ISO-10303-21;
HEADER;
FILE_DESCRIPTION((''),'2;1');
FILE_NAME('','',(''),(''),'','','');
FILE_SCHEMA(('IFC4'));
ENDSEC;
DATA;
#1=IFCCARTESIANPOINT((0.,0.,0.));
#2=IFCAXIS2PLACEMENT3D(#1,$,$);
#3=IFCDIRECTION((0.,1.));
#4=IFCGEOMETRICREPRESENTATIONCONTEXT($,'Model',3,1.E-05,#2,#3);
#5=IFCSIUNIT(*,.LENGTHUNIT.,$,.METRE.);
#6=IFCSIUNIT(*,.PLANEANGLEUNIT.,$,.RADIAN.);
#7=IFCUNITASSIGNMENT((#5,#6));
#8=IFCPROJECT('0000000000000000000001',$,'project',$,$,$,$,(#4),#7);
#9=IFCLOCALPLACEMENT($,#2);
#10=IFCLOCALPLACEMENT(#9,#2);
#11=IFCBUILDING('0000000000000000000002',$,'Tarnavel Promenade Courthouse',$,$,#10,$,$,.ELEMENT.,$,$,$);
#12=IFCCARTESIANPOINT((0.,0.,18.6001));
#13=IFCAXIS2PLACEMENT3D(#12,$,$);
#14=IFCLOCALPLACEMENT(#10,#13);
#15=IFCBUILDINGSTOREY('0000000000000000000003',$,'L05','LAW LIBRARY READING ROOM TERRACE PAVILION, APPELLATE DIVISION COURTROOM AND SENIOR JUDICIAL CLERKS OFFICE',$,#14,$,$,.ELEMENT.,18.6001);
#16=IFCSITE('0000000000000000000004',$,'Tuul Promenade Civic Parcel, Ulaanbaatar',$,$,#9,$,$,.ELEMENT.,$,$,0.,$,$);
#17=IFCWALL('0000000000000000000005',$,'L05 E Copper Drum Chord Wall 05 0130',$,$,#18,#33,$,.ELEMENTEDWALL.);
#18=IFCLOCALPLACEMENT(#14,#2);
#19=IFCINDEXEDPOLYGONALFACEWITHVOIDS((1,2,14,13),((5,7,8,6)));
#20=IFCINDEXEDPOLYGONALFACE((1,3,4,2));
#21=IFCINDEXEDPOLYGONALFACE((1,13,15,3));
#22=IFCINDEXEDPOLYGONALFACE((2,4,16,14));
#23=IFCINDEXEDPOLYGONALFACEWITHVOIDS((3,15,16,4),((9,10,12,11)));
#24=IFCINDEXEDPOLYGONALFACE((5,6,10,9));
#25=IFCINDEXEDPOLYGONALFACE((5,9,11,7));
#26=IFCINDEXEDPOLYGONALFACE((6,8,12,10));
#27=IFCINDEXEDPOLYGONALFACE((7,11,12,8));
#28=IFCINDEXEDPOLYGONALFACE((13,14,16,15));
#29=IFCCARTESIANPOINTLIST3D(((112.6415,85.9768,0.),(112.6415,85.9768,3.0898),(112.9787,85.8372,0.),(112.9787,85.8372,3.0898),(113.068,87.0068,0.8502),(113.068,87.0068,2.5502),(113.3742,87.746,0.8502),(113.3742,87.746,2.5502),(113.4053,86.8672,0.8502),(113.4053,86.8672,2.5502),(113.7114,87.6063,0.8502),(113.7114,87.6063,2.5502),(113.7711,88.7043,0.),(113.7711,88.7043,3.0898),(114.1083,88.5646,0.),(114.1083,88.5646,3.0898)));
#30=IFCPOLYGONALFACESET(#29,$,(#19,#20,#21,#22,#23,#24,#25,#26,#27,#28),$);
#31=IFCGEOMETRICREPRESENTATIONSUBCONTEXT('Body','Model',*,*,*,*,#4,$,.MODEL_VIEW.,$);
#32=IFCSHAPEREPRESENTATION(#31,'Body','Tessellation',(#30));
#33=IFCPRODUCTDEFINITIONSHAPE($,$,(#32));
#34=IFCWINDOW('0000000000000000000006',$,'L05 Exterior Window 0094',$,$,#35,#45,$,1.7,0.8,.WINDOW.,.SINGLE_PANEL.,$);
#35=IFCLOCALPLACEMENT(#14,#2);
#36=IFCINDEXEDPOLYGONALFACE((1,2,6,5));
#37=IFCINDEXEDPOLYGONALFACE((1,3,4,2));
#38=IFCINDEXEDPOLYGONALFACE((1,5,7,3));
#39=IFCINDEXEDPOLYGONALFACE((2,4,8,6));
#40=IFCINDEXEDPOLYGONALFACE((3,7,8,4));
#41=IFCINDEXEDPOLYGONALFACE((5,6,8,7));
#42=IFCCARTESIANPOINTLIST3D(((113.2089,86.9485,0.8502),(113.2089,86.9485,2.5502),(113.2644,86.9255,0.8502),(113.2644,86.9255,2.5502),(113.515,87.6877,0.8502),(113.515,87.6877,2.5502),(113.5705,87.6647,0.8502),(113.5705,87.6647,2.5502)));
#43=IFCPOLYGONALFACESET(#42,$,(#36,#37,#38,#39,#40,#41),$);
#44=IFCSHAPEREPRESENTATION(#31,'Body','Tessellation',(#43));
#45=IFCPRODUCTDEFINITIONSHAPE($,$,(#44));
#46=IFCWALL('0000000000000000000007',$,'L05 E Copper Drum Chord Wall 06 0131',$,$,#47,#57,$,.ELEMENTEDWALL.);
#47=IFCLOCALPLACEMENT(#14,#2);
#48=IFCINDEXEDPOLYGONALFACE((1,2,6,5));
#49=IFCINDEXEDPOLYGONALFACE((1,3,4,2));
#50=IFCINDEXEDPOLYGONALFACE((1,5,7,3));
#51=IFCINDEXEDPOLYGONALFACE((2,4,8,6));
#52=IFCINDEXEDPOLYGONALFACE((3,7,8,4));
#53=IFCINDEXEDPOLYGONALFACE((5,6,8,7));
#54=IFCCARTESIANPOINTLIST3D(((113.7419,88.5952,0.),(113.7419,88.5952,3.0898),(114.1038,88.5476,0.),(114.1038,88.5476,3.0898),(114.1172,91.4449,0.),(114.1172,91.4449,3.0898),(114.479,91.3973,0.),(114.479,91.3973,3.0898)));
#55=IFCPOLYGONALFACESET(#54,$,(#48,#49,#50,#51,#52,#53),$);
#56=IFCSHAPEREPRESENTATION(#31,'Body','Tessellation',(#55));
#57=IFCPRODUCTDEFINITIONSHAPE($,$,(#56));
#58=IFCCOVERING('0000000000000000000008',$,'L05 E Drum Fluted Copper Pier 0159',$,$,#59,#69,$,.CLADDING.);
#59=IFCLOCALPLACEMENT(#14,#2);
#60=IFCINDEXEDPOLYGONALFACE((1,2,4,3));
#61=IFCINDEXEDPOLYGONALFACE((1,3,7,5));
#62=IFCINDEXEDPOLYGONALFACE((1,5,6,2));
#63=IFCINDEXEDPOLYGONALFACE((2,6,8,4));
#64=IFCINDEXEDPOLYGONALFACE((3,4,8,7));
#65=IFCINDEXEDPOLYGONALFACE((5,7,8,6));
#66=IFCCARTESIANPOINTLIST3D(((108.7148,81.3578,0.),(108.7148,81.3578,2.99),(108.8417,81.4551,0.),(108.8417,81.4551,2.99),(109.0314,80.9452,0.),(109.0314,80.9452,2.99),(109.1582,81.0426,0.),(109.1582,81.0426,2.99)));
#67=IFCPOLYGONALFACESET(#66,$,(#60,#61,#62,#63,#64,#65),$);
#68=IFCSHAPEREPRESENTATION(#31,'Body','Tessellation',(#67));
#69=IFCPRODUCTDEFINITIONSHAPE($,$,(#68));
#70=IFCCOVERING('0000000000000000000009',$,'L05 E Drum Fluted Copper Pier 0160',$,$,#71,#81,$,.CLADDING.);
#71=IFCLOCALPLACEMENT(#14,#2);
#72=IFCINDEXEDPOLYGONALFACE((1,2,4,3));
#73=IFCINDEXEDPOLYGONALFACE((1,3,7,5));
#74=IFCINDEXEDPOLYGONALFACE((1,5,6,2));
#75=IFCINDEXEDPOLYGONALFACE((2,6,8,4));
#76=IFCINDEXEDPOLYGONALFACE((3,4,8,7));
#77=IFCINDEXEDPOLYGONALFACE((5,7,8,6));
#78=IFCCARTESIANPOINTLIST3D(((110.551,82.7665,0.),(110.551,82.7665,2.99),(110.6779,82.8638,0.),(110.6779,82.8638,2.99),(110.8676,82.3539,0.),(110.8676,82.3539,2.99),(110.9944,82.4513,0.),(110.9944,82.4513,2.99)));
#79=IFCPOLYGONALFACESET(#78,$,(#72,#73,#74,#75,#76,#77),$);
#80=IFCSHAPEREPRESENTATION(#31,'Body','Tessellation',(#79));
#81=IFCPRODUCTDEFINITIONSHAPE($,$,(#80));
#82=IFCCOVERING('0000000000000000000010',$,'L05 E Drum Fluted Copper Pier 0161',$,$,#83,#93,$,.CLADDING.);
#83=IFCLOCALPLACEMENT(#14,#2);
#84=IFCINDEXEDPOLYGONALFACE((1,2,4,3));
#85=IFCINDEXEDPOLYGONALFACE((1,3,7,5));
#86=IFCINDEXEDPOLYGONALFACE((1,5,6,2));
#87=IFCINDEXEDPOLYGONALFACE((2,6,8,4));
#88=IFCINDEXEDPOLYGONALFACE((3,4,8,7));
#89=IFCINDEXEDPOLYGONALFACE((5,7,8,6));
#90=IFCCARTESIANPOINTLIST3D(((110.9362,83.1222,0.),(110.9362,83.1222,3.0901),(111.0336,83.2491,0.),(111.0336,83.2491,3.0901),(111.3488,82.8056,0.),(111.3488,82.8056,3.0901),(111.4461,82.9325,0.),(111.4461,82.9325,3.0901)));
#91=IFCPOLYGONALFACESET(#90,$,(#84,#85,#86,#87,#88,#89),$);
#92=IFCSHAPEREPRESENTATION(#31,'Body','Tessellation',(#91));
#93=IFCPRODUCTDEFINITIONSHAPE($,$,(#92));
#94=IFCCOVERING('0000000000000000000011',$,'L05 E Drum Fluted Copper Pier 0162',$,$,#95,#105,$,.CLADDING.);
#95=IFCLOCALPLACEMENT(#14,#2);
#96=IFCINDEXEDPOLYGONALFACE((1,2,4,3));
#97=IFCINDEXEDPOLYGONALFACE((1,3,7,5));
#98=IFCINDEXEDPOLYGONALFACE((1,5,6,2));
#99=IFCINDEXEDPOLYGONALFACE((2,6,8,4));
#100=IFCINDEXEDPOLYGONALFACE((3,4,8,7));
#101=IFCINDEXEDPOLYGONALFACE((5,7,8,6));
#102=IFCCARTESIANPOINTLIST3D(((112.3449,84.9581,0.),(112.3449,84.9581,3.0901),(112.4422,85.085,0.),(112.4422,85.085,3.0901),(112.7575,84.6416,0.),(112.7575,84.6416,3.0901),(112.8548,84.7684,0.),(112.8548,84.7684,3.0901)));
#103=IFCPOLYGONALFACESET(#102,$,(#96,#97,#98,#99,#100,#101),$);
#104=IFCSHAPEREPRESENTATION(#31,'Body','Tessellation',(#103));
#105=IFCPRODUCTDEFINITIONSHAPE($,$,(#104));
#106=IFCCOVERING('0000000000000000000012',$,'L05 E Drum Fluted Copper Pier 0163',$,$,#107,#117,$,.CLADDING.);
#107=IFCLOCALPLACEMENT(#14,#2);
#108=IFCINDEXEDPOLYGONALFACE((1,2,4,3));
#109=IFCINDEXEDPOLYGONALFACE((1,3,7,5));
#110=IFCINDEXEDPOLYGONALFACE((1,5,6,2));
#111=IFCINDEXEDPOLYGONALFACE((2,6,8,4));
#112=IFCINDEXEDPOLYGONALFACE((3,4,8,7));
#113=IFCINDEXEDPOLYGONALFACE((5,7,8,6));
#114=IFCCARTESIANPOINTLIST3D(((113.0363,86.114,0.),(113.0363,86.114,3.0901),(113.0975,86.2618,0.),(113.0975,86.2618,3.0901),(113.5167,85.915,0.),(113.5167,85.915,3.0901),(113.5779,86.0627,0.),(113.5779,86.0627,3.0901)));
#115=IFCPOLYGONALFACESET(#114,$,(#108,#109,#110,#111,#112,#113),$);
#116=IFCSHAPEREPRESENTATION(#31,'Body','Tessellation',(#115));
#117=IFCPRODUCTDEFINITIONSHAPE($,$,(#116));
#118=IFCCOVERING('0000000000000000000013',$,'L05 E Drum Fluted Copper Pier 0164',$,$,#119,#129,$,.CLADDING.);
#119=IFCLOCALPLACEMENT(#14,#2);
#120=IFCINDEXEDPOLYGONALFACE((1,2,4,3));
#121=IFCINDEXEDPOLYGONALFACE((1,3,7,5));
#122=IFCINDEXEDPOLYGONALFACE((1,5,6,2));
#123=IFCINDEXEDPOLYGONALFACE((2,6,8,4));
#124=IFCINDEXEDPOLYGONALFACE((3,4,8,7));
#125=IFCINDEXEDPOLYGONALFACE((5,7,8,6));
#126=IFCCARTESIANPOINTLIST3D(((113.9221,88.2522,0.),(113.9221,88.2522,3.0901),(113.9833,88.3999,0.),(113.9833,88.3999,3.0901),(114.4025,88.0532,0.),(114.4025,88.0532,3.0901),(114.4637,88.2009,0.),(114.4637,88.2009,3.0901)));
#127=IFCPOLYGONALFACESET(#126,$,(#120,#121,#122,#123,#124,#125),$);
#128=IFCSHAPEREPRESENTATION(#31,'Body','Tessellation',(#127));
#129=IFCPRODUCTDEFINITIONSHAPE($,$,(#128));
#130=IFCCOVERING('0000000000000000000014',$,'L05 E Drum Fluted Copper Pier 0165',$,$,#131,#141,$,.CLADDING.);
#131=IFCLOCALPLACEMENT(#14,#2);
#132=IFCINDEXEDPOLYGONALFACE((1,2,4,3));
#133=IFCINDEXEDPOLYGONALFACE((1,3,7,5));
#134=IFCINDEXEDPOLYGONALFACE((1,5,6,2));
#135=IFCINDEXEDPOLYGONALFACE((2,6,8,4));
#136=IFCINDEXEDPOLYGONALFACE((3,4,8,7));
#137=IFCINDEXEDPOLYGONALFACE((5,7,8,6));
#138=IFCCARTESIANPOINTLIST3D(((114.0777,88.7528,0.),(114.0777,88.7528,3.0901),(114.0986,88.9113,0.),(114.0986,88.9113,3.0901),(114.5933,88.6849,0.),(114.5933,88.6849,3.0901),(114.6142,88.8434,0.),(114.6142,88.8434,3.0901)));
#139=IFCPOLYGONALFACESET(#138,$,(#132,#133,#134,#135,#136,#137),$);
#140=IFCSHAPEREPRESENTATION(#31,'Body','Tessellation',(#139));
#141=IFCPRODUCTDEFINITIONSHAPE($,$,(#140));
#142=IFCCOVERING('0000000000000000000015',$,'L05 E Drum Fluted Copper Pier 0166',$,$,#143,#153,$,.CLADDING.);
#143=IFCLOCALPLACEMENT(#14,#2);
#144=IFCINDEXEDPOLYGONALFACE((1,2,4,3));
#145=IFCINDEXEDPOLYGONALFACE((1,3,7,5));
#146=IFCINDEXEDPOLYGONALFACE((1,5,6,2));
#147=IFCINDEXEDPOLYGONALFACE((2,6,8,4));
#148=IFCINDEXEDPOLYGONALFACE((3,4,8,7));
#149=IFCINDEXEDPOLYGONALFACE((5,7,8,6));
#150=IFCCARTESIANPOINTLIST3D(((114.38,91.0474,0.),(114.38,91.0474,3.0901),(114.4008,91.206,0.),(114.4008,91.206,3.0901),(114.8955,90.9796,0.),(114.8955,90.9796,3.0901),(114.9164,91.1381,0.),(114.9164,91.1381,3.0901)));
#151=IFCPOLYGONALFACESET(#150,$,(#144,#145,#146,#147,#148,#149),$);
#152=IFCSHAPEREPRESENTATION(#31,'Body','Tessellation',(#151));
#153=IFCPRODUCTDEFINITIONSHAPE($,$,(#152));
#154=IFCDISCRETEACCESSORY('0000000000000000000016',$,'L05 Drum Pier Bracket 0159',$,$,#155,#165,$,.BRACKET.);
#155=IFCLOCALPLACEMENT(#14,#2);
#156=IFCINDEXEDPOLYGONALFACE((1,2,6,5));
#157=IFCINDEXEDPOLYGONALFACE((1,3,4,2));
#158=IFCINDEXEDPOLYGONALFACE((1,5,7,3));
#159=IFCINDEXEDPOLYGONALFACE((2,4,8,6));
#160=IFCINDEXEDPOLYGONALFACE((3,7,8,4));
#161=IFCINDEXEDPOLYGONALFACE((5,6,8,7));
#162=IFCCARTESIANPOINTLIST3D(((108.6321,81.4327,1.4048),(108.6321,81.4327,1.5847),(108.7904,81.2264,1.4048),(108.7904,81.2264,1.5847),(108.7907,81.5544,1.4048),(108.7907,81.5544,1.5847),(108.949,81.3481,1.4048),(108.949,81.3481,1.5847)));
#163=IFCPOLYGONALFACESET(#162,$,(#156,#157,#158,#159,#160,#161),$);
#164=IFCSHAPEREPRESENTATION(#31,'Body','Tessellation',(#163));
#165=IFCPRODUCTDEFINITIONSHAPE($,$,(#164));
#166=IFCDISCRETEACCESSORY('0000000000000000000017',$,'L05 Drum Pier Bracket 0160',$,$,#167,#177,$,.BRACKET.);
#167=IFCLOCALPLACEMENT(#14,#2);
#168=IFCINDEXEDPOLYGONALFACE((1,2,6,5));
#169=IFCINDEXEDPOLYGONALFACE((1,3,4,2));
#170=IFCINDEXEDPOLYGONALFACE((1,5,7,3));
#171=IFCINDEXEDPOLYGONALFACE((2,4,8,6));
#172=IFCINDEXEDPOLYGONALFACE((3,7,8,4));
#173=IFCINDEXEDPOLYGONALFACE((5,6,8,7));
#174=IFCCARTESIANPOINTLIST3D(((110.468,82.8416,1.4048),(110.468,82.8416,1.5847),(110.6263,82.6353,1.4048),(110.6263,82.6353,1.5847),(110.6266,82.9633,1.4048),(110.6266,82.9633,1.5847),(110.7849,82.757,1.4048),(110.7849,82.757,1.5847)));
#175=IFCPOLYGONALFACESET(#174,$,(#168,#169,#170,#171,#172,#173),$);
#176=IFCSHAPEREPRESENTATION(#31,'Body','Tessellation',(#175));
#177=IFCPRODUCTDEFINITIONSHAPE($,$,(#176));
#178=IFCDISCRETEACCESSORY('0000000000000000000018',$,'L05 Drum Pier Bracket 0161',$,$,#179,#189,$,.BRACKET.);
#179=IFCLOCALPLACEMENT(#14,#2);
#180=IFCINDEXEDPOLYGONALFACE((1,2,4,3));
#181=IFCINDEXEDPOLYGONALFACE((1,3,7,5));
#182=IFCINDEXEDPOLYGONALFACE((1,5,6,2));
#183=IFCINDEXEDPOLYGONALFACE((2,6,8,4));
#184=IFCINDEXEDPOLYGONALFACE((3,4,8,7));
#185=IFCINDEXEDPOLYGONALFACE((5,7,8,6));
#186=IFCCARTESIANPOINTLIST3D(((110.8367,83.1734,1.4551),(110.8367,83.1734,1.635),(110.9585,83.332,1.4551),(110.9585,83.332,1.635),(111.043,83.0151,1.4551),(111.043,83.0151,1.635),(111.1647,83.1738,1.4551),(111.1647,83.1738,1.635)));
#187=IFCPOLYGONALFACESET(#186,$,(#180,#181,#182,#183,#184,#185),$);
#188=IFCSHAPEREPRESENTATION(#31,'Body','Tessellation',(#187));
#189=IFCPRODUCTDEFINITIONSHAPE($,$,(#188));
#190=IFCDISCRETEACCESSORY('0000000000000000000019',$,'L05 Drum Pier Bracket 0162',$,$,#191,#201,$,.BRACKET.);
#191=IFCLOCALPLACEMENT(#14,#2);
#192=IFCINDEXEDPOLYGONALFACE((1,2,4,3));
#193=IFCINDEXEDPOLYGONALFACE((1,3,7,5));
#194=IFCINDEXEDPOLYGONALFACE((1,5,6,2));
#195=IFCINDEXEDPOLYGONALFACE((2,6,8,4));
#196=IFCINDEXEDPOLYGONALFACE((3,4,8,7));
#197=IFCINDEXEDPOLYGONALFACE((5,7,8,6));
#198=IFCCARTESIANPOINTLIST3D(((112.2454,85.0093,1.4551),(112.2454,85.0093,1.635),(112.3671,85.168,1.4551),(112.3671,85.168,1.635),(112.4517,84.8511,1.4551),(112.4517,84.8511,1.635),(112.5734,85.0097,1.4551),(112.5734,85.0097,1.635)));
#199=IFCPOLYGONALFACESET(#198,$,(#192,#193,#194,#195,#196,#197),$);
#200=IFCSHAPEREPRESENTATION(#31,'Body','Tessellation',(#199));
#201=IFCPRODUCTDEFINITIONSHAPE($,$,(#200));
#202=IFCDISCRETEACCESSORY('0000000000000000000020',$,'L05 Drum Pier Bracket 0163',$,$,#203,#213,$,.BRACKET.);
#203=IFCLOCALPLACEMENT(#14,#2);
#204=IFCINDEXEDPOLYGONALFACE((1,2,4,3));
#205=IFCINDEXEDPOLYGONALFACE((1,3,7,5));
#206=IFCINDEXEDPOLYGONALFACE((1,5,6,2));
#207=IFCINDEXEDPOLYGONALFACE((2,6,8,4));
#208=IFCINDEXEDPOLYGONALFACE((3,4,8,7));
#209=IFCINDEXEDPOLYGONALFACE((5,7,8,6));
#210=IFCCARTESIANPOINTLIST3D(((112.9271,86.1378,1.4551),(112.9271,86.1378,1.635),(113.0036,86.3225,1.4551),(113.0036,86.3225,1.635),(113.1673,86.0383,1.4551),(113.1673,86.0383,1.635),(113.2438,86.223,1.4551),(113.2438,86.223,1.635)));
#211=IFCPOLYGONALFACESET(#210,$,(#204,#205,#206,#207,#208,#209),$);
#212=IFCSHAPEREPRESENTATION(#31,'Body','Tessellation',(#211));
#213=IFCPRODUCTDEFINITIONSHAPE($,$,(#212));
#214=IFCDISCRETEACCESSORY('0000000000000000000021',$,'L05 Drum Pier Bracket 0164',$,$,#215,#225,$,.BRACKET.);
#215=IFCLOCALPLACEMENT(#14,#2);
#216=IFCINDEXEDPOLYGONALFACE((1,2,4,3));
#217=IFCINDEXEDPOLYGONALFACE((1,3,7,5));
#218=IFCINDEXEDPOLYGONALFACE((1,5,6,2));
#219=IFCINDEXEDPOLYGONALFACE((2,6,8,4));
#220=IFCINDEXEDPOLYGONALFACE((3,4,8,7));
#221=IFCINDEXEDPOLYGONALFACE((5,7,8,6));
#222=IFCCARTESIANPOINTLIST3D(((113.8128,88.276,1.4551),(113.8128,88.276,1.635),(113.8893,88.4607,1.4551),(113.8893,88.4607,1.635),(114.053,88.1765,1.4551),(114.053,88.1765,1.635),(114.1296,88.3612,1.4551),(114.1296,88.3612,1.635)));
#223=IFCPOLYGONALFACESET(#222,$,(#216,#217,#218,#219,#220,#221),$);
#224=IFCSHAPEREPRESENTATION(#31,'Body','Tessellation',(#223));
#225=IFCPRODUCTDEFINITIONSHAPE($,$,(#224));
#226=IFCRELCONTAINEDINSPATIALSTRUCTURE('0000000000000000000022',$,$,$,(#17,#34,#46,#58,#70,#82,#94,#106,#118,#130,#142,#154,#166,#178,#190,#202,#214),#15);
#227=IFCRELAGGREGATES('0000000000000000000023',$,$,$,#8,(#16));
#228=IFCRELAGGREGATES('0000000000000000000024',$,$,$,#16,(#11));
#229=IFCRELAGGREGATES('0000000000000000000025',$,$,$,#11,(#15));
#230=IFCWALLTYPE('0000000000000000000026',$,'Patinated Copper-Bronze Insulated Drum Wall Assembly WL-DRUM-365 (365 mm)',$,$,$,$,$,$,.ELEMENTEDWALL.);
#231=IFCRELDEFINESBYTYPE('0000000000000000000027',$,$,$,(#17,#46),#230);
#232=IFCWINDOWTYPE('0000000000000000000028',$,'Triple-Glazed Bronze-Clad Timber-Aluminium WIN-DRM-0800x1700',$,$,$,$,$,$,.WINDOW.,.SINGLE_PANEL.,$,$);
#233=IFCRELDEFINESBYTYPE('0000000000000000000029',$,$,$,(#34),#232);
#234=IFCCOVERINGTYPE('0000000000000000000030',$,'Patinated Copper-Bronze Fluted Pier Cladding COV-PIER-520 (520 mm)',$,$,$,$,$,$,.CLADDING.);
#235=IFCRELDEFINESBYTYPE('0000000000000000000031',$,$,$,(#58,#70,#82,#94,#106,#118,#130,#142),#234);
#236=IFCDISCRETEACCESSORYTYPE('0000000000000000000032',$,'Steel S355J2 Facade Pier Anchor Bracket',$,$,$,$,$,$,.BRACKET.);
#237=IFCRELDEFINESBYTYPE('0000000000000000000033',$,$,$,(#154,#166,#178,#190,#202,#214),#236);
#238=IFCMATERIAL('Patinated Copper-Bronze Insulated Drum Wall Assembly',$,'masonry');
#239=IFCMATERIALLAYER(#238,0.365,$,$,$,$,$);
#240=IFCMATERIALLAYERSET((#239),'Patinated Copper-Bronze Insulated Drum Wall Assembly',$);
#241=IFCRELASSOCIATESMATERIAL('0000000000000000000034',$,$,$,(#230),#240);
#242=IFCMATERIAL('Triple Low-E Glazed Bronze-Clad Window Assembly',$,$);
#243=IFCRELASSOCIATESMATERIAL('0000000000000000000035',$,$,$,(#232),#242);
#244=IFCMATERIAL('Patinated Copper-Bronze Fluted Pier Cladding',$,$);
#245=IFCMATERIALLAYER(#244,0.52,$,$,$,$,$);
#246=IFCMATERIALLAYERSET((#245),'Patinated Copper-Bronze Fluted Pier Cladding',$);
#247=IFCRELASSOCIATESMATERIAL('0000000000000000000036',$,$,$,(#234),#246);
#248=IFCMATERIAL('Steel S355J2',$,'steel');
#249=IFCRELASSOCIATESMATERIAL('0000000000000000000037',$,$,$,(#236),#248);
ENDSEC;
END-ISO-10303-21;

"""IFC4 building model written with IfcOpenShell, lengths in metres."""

from ifc_helpers import new_model, si_unit, direction, frame, frame_2d, origin, origin_2d, place, context, subcontext, project, spatial, rectangle, extrude, material, layer, layer_set, type_object, element, fill, save


model = new_model("IFC4")

# Units and contexts
model_context = context("Model", 3, precision=1e-05, world=origin(), true_north=direction((0.0, 1.0)))
body_context = subcontext(model_context, "Body", "Model", "MODEL_VIEW")
ifc_project = project(units=[si_unit("LENGTHUNIT", "METRE"), si_unit("PLANEANGLEUNIT", "RADIAN")], contexts=[model_context])

# Site, building, storey
site_placement = place(None, origin())
site = spatial("IfcSite", under=ifc_project, at=site_placement, Name="Tuul Promenade Civic Parcel, Ulaanbaatar", CompositionType="ELEMENT", RefElevation=0.0)
building_placement = place(site_placement, origin())
building = spatial("IfcBuilding", under=site, at=building_placement, Name="Tarnavel Promenade Courthouse", CompositionType="ELEMENT")
storey_placement = place(building_placement, frame((0.0, 0.0, 18.6001)))
storey = spatial("IfcBuildingStorey", under=building, at=storey_placement, Name="L05", Description="LAW LIBRARY READING ROOM TERRACE PAVILION, APPELLATE DIVISION COURTROOM AND SENIOR JUDICIAL CLERKS OFFICE", CompositionType="ELEMENT", Elevation=18.6001)

# Shared definitions
ifc_material_1 = material(Name="Steel S355J2", Category="steel")

# Shared definitions
ifc_material_2 = material(Name="Patinated Copper-Bronze Insulated Drum Wall Assembly", Category="masonry")
ifc_layer_1 = layer(ifc_material_2, 0.365)
ifc_layer_set_1 = layer_set([ifc_layer_1], Name="Patinated Copper-Bronze Insulated Drum Wall Assembly")
wall_type_1 = type_object("IfcWallType", Name="Patinated Copper-Bronze Insulated Drum Wall Assembly WL-DRUM-365 (365 mm)", PredefinedType="ELEMENTEDWALL", material=ifc_layer_set_1)

# Wall, opening, window
wall_1_placement = place(storey_placement, frame((112.8101, 85.907, 0.0), z_axis=(0.0, 0.0, 1.0), x_axis=(0.382642, 0.923897, 0.0)))
wall_1 = element("IfcWall", 1, at=wall_1_placement, inside=storey, type_object=wall_type_1, Name="L05 E Copper Drum Chord Wall 05 0130", PredefinedType="ELEMENTEDWALL", context=body_context, shape_type="SweptSolid", body=[
    extrude(rectangle(XDim=2.9521, YDim=0.365, at=frame_2d((1.4761, 0.0))), origin(), (0.0, 0.0, 1.0), 3.0898),
])
opening_placement = place(wall_1_placement, frame((1.115, 0.0, 0.8501)))
opening = element("IfcOpeningElement", 2, at=opening_placement, cuts=wall_1, PredefinedType="OPENING", context=body_context, shape_type="SweptSolid", body=[
    extrude(rectangle(XDim=0.8, YDim=1.7, at=frame_2d((0.3999, 0.8501))), frame((0.0, 0.1924, 0.0), z_axis=(0.0, -1.0, 0.0), x_axis=(1.0, 0.0, 0.0)), (0.0, 0.0, 1.0), 0.385),
])
ifc_material_3 = material(Name="Triple Low-E Glazed Bronze-Clad Window Assembly")
window_type = type_object("IfcWindowType", Name="Triple-Glazed Bronze-Clad Timber-Aluminium WIN-DRM-0800x1700", PartitioningType="SINGLE_PANEL", PredefinedType="WINDOW", material=ifc_material_3)
window_placement = place(opening_placement, origin())
window = element("IfcWindow", 3, at=window_placement, inside=storey, type_object=window_type, Name="L05 Exterior Window 0094", OverallHeight=1.7, OverallWidth=0.8, PartitioningType="SINGLE_PANEL", PredefinedType="WINDOW", context=body_context, shape_type="SweptSolid", body=[
    extrude(rectangle(XDim=0.8, YDim=1.7, at=frame_2d((0.3999, 0.8501))), frame((0.0, 0.03, 0.0), z_axis=(0.0, -1.0, 0.0), x_axis=(1.0, 0.0, 0.0)), (0.0, 0.0, 1.0), 0.0601),
])
fill(opening, window)

# Wall
wall_2_placement = place(storey_placement, frame((113.9229, 88.5715, 0.0), z_axis=(0.0, 0.0, 1.0), x_axis=(0.130556, 0.991441, 0.0)))
element("IfcWall", 4, at=wall_2_placement, inside=storey, type_object=wall_type_1, Name="L05 E Copper Drum Chord Wall 06 0131", PredefinedType="ELEMENTEDWALL", context=body_context, shape_type="SweptSolid", body=[
    extrude(rectangle(XDim=2.8743, YDim=0.365, at=frame_2d((1.437, 0.0))), origin(), (0.0, 0.0, 1.0), 3.0898),
])

# Coverings
ifc_material_4 = material(Name="Patinated Copper-Bronze Fluted Pier Cladding")
ifc_layer_2 = layer(ifc_material_4, 0.52)
ifc_layer_set_2 = layer_set([ifc_layer_2], Name="Patinated Copper-Bronze Fluted Pier Cladding")
covering_type = type_object("IfcCoveringType", Name="Patinated Copper-Bronze Fluted Pier Cladding COV-PIER-520 (520 mm)", PredefinedType="CLADDING", material=ifc_layer_set_2)
for number, where, z_axis, x_axis, name in (
    (5, (108.9365, 81.2002, 0.0), (0.0, 0.0, 1.0), (0.793353, 0.608761, 0.0), "L05 E Drum Fluted Copper Pier 0159"),
    (6, (110.7727, 82.6089, 0.0), (0.0, 0.0, 1.0), (0.793353, 0.608761, 0.0), "L05 E Drum Fluted Copper Pier 0160"),
):
    element("IfcCovering", number, at=place(storey_placement, frame(where, z_axis=z_axis, x_axis=x_axis)), inside=storey, type_object=covering_type, Name=name, PredefinedType="CLADDING", context=body_context, shape_type="SweptSolid", body=[
        extrude(rectangle(XDim=0.1599, YDim=0.52, at=origin_2d()), origin(), (0.0, 0.0, 1.0), 2.99),
    ])
for number, where, z_axis, x_axis, name in (
    (7, (111.1912, 83.0273, 0.0), (0.0, 0.0, 1.0), (0.608761, 0.793353, 0.0), "L05 E Drum Fluted Copper Pier 0161"),
    (8, (112.5999, 84.8633, 0.0), (0.0, 0.0, 1.0), (0.608761, 0.793353, 0.0), "L05 E Drum Fluted Copper Pier 0162"),
    (9, (113.3071, 86.0884, 0.0), (0.0, 0.0, 1.0), (0.382683, 0.92388, 0.0), "L05 E Drum Fluted Copper Pier 0163"),
    (10, (114.1929, 88.2266, 0.0), (0.0, 0.0, 1.0), (0.382683, 0.92388, 0.0), "L05 E Drum Fluted Copper Pier 0164"),
    (11, (114.3459, 88.7981, 0.0), (0.0, 0.0, 1.0), (0.130526, 0.991445, 0.0), "L05 E Drum Fluted Copper Pier 0165"),
    (12, (114.6482, 91.0928, 0.0), (0.0, 0.0, 1.0), (0.130526, 0.991445, 0.0), "L05 E Drum Fluted Copper Pier 0166"),
):
    element("IfcCovering", number, at=place(storey_placement, frame(where, z_axis=z_axis, x_axis=x_axis)), inside=storey, type_object=covering_type, Name=name, PredefinedType="CLADDING", context=body_context, shape_type="SweptSolid", body=[
        extrude(rectangle(XDim=0.1599, YDim=0.52, at=origin_2d()), origin(), (0.0, 0.0, 1.0), 3.0901),
    ])

# Discrete accessories
discrete_accessory_type = type_object("IfcDiscreteAccessoryType", Name="Steel S355J2 Facade Pier Anchor Bracket", PredefinedType="BRACKET", material=ifc_material_1)
for number, where, z_axis, x_axis, name in (
    (13, (108.7905, 81.3904, 1.4048), (0.0, 0.0, 1.0), (0.793353, 0.608761, 0.0), "L05 Drum Pier Bracket 0159"),
    (14, (110.6265, 82.7993, 1.4048), (0.0, 0.0, 1.0), (0.793353, 0.608761, 0.0), "L05 Drum Pier Bracket 0160"),
    (15, (111.0007, 83.1736, 1.4551), (0.0, 0.0, 1.0), (0.608761, 0.793353, 0.0), "L05 Drum Pier Bracket 0161"),
    (16, (112.4094, 85.0095, 1.4551), (0.0, 0.0, 1.0), (0.608761, 0.793353, 0.0), "L05 Drum Pier Bracket 0162"),
    (17, (113.0854, 86.1804, 1.4551), (0.0, 0.0, 1.0), (0.382683, 0.92388, 0.0), "L05 Drum Pier Bracket 0163"),
    (18, (113.9712, 88.3186, 1.4551), (0.0, 0.0, 1.0), (0.382683, 0.92388, 0.0), "L05 Drum Pier Bracket 0164"),
):
    element("IfcDiscreteAccessory", number, at=place(storey_placement, frame(where, z_axis=z_axis, x_axis=x_axis)), inside=storey, type_object=discrete_accessory_type, Name=name, PredefinedType="BRACKET", context=body_context, shape_type="SweptSolid", body=[
        extrude(rectangle(XDim=0.2, YDim=0.26, at=origin_2d()), origin(), (0.0, 0.0, 1.0), 0.1799),
    ])

save(model, "model.ifc")
